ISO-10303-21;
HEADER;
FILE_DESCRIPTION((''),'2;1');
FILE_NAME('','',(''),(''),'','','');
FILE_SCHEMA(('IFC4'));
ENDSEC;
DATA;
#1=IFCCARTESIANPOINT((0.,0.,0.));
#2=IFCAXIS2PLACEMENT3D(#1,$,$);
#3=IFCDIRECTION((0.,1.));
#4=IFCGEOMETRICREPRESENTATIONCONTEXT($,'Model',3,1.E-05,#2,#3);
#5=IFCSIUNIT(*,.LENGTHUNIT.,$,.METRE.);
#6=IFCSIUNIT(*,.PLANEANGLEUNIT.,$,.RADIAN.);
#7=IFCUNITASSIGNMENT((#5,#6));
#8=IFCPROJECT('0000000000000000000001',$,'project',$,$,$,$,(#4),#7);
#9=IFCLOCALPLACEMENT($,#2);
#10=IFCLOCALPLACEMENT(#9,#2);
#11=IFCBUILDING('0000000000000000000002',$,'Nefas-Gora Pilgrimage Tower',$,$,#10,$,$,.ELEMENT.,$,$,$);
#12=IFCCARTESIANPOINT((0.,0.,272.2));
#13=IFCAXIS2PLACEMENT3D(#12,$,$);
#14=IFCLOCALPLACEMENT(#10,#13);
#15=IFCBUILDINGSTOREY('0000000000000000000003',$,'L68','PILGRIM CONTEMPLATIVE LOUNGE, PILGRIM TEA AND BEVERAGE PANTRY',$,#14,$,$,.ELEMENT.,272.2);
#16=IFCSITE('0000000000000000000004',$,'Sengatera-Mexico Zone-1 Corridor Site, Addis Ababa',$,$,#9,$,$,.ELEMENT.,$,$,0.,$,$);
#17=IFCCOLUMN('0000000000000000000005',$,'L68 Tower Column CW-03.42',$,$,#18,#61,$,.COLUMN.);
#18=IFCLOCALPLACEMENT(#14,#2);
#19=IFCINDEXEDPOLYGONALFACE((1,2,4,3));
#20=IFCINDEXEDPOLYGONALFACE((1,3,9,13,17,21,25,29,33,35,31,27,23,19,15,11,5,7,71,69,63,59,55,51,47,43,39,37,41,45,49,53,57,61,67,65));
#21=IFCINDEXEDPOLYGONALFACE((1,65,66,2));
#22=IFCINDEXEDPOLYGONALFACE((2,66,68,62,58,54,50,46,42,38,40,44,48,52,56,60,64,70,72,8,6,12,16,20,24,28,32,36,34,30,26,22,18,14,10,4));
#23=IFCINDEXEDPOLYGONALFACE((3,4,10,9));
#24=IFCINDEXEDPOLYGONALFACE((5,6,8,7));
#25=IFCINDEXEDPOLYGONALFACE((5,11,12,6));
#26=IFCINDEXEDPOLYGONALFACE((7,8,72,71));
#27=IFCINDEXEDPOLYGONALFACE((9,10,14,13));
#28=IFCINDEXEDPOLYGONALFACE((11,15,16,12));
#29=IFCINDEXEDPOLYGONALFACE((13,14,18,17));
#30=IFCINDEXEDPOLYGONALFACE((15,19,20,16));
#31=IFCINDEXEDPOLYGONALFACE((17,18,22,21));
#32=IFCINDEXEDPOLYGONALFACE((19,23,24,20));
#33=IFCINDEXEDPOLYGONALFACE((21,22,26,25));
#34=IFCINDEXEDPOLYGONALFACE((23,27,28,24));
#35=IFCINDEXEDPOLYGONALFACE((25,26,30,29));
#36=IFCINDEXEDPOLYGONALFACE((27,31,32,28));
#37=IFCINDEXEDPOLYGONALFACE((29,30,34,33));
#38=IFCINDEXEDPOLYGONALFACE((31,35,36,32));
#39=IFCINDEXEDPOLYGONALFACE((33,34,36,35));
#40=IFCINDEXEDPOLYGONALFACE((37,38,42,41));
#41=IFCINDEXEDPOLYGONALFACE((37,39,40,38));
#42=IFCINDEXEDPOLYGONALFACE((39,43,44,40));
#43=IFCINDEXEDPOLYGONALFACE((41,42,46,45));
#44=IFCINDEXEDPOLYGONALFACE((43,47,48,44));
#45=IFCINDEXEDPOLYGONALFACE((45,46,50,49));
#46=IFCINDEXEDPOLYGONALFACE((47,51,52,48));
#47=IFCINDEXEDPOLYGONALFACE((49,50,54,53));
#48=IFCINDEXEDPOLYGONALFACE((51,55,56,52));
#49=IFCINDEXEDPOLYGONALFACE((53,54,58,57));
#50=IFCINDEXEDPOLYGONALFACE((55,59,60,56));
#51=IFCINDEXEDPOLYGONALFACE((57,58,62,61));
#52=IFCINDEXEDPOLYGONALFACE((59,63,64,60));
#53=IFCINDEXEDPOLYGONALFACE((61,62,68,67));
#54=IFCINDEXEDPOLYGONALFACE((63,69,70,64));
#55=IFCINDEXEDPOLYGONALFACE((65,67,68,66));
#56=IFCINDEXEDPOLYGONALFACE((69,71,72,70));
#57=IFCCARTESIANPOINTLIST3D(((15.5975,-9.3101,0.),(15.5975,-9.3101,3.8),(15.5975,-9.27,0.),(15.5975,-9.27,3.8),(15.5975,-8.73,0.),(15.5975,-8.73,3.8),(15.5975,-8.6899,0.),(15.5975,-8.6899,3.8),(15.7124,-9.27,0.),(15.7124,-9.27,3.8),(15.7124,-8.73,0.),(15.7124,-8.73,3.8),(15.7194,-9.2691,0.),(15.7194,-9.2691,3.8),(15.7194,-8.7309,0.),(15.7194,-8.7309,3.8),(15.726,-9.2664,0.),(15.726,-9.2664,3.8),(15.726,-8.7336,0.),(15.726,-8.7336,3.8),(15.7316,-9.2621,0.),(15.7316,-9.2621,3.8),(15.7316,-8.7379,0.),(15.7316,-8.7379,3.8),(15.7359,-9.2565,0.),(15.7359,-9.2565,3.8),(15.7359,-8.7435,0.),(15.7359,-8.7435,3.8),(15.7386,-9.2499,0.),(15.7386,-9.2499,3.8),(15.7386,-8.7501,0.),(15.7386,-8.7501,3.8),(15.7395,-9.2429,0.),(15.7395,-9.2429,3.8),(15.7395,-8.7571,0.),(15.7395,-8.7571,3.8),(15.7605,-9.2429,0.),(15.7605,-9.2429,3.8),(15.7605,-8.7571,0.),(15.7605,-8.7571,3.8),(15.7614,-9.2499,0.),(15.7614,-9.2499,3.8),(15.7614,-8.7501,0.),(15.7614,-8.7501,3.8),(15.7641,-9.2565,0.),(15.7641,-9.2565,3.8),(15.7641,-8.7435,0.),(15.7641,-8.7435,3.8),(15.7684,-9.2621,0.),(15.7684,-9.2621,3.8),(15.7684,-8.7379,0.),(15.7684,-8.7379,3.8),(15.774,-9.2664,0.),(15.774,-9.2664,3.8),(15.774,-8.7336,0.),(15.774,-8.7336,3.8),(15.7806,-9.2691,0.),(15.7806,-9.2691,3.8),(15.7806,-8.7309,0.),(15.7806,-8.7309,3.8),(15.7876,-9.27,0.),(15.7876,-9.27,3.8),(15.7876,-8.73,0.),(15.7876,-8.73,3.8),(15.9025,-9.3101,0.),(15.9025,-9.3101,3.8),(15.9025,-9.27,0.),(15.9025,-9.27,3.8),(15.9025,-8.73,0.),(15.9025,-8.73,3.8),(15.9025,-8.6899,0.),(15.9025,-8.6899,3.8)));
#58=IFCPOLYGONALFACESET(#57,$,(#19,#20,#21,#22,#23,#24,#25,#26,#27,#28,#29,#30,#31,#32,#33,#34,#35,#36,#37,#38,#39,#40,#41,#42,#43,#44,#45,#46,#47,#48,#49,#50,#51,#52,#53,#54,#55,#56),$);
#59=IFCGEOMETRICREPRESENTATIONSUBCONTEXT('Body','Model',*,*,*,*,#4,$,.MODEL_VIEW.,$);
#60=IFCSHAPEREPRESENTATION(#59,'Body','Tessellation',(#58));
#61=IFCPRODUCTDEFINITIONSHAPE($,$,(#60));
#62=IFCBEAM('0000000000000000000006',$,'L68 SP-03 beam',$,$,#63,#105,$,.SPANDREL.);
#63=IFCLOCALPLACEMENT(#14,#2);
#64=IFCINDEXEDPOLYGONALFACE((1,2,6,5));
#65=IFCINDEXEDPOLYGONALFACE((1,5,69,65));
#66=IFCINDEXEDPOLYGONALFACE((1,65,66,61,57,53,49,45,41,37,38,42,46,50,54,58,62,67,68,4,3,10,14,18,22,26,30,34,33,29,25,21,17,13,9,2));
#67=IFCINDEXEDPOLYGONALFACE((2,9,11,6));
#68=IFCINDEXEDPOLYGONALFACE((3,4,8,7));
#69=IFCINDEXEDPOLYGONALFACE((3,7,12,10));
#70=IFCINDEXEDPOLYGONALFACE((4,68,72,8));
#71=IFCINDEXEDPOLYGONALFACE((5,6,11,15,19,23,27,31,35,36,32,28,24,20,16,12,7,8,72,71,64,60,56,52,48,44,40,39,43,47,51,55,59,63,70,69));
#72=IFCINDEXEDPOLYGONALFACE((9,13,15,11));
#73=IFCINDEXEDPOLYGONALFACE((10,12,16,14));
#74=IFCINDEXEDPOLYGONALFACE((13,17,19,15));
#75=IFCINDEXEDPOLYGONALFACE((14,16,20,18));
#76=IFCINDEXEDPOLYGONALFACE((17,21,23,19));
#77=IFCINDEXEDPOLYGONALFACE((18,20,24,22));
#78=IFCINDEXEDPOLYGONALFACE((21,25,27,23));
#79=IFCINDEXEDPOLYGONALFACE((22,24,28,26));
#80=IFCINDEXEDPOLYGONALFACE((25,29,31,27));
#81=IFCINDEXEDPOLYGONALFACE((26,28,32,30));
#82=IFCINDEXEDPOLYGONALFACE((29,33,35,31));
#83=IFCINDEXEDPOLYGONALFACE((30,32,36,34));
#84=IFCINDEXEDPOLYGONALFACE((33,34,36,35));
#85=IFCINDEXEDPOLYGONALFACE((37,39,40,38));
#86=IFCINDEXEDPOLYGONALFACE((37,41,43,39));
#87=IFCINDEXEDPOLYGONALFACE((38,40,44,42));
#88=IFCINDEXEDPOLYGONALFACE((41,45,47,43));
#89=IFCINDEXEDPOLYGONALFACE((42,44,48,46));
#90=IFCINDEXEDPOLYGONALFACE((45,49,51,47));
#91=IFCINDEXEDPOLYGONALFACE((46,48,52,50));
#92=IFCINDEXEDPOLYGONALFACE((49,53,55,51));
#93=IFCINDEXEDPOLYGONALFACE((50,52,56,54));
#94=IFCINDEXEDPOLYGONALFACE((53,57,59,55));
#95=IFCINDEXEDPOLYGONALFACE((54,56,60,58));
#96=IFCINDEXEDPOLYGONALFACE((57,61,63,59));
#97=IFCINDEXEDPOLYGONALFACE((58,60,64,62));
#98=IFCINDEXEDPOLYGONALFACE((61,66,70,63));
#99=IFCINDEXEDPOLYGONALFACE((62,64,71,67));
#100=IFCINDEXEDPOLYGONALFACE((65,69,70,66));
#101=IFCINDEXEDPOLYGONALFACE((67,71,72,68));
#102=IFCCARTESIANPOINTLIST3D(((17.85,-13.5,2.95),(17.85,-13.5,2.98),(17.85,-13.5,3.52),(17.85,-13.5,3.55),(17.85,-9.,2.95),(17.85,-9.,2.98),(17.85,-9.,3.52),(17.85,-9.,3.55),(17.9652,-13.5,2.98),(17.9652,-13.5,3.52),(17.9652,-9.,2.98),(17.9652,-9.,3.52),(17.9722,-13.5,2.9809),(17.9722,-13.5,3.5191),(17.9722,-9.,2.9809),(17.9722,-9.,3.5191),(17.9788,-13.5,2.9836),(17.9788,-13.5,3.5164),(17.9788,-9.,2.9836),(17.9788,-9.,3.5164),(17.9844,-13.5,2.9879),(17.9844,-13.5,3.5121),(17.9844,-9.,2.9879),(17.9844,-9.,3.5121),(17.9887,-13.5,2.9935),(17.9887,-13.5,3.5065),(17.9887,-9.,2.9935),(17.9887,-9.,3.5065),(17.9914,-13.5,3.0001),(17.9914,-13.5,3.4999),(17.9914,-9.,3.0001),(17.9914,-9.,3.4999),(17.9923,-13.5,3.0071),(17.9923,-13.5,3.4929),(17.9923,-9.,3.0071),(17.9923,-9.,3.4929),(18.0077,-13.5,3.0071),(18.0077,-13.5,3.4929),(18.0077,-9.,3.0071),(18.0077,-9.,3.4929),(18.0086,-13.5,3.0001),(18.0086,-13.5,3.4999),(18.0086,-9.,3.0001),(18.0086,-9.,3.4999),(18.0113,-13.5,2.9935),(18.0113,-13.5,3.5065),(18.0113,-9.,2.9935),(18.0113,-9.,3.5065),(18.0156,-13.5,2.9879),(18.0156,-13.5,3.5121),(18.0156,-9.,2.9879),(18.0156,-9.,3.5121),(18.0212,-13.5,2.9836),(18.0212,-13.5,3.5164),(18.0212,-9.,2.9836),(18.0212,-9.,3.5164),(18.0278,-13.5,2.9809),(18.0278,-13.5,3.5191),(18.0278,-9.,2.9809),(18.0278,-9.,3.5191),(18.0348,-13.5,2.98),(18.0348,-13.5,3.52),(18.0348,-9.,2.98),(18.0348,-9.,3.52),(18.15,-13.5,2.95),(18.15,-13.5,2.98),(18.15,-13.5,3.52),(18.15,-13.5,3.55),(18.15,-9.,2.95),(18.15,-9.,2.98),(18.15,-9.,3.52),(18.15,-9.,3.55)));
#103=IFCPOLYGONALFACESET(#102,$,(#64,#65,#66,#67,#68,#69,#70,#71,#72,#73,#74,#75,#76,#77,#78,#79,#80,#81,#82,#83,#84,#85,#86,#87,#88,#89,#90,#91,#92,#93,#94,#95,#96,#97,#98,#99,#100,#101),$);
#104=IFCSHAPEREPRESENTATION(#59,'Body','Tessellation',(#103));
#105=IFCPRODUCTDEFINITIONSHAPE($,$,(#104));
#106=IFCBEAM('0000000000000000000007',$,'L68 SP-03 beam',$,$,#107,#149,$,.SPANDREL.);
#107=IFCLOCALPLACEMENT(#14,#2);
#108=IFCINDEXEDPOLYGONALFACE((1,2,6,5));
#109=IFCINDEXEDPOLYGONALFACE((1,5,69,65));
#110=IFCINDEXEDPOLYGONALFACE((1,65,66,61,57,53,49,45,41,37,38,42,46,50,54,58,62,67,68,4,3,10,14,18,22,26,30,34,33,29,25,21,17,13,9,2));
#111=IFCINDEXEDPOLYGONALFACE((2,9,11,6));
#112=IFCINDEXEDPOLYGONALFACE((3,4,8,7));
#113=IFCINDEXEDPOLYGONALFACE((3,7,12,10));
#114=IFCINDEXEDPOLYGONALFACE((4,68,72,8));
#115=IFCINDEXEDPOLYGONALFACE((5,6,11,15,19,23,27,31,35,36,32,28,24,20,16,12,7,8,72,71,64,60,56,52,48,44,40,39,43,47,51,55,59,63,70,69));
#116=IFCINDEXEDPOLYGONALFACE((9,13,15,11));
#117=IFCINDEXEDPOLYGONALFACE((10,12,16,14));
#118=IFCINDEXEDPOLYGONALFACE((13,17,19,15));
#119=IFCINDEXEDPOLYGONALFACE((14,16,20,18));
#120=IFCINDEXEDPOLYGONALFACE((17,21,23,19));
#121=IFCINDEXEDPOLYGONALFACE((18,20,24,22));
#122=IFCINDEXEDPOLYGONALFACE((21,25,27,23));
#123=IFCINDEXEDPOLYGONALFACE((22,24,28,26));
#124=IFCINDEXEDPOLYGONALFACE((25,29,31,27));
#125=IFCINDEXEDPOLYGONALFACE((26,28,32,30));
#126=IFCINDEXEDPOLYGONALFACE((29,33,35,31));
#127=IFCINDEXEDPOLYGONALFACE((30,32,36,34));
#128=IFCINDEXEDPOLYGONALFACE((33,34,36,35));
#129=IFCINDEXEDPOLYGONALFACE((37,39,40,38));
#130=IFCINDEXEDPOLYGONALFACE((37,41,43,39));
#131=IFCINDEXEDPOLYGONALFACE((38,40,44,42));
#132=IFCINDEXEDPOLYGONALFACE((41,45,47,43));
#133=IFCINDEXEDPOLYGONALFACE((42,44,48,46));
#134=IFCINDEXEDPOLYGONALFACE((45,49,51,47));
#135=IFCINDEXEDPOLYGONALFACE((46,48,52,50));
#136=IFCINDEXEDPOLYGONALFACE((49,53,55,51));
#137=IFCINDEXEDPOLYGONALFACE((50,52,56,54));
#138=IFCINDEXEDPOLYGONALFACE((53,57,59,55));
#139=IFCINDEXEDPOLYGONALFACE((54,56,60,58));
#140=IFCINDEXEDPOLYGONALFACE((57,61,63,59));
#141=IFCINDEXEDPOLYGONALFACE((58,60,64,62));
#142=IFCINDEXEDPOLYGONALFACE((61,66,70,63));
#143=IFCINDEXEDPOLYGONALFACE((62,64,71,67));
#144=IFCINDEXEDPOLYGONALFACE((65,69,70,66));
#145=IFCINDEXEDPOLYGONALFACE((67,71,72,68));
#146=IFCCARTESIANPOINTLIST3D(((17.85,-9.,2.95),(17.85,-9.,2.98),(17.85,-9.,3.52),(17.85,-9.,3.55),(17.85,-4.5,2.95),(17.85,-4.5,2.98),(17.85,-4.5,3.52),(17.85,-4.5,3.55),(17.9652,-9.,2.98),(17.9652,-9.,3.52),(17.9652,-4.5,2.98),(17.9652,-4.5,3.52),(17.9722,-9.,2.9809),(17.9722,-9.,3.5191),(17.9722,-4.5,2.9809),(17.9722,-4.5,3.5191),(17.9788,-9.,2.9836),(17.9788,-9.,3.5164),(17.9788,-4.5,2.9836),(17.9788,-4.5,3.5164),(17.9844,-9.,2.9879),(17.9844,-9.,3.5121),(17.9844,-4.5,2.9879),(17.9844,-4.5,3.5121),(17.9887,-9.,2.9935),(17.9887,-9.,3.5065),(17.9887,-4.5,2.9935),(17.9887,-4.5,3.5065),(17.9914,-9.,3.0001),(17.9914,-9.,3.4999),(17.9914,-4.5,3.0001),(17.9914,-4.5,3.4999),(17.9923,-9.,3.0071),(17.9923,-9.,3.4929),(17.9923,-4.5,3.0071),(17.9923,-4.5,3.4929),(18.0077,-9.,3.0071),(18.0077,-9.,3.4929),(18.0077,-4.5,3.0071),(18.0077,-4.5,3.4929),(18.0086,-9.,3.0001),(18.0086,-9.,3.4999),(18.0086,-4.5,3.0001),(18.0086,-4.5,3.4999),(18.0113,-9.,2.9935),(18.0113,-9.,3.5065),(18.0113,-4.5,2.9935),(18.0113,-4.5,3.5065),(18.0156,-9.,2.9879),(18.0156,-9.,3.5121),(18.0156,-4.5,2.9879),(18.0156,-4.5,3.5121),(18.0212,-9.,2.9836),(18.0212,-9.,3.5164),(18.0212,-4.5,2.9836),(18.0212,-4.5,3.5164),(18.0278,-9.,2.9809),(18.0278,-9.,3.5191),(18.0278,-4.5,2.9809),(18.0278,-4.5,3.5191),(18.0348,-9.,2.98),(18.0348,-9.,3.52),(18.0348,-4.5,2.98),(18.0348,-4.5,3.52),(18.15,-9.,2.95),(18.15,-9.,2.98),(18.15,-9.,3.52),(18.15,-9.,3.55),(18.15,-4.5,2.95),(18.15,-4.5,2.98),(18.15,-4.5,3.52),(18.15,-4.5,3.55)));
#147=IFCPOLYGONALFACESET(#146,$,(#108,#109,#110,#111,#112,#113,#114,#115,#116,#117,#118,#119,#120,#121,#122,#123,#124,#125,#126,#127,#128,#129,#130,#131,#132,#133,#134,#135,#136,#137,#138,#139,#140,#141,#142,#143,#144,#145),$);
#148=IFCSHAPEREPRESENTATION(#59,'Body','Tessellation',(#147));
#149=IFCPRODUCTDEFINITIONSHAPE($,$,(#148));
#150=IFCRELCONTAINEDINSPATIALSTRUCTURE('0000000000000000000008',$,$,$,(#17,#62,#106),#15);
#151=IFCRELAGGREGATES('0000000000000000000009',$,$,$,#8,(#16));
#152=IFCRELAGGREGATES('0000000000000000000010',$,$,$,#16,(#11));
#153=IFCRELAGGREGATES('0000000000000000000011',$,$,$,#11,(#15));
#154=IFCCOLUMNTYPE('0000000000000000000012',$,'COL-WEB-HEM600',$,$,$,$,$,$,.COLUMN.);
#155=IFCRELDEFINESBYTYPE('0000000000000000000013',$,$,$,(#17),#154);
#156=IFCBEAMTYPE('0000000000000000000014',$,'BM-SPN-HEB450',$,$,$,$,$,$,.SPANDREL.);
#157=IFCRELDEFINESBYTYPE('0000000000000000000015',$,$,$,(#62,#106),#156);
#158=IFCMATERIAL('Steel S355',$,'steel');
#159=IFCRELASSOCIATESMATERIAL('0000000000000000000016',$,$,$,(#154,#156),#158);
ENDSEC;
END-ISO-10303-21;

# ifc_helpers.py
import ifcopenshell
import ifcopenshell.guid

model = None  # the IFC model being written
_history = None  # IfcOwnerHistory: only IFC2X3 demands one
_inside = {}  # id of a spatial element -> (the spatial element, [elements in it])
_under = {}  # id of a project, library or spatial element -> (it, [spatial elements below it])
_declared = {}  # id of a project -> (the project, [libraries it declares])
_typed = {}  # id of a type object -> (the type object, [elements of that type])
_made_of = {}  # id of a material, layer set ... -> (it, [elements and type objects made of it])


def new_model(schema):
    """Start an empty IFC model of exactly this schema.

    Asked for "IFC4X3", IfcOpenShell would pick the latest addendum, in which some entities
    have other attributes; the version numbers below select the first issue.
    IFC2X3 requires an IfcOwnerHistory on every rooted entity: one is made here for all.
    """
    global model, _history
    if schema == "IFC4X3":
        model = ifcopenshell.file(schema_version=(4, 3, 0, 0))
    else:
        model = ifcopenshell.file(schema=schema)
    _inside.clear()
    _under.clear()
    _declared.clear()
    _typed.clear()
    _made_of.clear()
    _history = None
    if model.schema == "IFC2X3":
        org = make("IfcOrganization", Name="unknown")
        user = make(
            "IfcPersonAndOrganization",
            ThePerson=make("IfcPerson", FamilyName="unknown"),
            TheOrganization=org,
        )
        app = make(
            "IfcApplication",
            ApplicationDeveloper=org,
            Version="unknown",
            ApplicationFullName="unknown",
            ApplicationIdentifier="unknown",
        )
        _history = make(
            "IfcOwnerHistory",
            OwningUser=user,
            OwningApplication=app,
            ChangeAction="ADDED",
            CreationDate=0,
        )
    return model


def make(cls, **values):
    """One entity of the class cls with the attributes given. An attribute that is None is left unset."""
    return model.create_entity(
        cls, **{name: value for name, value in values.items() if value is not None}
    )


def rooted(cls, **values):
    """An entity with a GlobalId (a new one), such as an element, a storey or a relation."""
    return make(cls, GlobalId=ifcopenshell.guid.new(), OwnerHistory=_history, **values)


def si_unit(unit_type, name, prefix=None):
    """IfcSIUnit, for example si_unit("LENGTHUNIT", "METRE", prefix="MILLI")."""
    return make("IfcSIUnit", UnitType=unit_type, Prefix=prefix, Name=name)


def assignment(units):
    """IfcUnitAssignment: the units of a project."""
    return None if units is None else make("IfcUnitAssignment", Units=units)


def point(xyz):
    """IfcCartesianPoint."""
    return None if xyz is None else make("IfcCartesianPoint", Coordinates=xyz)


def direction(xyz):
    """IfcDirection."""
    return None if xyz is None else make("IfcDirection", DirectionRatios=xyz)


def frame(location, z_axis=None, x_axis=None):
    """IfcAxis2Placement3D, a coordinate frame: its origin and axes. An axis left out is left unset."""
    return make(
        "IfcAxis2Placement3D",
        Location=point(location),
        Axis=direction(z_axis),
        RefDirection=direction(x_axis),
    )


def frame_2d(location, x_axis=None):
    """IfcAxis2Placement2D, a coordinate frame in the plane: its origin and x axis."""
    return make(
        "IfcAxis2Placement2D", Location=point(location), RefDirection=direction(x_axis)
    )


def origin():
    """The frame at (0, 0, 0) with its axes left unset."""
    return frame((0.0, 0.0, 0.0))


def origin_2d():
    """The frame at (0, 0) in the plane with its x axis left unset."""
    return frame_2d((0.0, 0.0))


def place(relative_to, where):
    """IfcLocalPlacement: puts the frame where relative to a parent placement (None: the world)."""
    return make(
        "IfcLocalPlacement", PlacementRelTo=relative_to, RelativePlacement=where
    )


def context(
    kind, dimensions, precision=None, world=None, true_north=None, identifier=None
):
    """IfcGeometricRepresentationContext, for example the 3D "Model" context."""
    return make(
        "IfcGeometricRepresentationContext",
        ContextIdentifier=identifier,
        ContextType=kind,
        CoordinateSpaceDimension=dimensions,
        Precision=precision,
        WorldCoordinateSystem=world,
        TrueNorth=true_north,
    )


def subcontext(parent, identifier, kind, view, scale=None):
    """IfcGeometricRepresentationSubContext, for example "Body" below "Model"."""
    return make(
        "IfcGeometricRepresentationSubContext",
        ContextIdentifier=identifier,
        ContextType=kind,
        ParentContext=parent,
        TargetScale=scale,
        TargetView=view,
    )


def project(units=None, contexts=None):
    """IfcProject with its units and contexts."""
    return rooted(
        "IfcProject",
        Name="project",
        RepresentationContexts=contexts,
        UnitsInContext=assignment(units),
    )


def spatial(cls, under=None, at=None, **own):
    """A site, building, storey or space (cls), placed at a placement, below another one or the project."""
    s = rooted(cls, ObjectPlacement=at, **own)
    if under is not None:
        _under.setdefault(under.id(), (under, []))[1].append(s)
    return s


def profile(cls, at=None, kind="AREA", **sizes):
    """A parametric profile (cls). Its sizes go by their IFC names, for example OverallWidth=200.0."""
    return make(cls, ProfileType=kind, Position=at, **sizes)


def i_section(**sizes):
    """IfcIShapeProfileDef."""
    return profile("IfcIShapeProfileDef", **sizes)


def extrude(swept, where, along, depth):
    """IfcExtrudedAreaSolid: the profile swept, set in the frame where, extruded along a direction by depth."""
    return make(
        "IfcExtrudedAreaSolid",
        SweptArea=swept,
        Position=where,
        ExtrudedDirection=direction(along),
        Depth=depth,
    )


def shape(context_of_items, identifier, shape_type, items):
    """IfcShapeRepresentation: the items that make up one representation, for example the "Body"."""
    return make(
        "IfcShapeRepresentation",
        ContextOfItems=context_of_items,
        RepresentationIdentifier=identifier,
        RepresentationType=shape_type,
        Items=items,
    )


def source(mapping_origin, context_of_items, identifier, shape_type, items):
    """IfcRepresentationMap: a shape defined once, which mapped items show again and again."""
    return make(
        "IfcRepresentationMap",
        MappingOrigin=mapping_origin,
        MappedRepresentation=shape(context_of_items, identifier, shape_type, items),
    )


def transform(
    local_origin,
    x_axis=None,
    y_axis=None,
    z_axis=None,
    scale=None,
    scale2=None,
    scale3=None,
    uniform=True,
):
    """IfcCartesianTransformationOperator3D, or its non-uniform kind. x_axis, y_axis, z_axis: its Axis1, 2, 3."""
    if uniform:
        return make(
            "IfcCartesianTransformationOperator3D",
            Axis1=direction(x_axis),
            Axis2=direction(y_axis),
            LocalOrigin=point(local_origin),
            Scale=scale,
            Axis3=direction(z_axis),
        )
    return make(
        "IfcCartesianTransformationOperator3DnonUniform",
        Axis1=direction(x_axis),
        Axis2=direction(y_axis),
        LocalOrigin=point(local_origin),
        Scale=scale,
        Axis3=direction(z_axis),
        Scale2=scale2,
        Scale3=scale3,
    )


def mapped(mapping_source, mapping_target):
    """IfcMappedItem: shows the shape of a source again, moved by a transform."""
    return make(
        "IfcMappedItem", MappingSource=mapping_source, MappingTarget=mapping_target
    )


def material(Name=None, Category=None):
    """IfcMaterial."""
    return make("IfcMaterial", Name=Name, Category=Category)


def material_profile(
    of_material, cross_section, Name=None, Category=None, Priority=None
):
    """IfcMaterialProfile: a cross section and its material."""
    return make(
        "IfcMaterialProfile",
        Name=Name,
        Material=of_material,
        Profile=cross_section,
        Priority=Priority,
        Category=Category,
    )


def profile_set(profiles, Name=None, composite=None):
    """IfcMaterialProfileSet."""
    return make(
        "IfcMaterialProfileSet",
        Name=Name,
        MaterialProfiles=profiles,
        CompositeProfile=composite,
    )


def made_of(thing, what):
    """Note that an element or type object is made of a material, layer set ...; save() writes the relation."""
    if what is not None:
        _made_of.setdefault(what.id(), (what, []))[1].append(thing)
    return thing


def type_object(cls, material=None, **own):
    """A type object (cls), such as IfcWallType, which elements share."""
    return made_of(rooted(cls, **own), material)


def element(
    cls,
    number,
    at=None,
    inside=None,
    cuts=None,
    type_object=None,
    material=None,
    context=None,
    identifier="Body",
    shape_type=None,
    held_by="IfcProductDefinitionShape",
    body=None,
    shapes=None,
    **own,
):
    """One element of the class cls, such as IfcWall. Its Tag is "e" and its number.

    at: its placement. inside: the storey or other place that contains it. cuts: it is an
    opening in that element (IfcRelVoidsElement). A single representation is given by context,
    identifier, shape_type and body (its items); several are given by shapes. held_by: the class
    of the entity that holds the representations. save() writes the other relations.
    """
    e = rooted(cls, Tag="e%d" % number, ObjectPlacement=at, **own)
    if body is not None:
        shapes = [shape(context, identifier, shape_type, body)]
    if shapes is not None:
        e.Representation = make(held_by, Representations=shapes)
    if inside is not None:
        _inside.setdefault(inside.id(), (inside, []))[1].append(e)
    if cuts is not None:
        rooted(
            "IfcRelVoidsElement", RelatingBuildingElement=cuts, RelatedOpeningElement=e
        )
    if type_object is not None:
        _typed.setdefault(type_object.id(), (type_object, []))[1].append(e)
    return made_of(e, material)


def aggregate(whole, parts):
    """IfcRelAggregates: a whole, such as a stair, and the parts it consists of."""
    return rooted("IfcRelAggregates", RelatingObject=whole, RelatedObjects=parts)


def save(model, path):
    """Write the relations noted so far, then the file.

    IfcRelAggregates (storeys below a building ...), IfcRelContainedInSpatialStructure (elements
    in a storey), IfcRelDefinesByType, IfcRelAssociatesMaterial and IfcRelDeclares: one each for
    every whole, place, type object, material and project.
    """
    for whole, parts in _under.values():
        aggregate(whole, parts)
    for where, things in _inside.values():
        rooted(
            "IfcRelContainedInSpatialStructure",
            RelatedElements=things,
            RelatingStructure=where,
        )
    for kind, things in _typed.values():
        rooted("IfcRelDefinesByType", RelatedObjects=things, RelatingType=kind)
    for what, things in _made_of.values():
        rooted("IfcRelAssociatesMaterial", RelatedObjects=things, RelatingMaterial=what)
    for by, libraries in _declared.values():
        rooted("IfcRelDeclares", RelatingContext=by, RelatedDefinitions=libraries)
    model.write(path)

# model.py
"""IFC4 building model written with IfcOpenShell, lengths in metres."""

from ifc_helpers import new_model, si_unit, direction, frame, origin, origin_2d, place, context, subcontext, project, spatial, i_section, extrude, source, transform, mapped, material, material_profile, profile_set, type_object, element, save


model = new_model("IFC4")

# Units and contexts
model_context = context("Model", 3, precision=1e-05, world=origin(), true_north=direction((0.0, 1.0)))
body_context = subcontext(model_context, "Body", "Model", "MODEL_VIEW")
ifc_project = project(units=[si_unit("LENGTHUNIT", "METRE"), si_unit("PLANEANGLEUNIT", "RADIAN")], contexts=[model_context])

# Site, building, storey
site_placement = place(None, origin())
site = spatial("IfcSite", under=ifc_project, at=site_placement, Name="Sengatera-Mexico Zone-1 Corridor Site, Addis Ababa", CompositionType="ELEMENT", RefElevation=0.0)
building_placement = place(site_placement, origin())
building = spatial("IfcBuilding", under=site, at=building_placement, Name="Nefas-Gora Pilgrimage Tower", CompositionType="ELEMENT")
storey_placement = place(building_placement, frame((0.0, 0.0, 272.2)))
storey = spatial("IfcBuildingStorey", under=building, at=storey_placement, Name="L68", Description="PILGRIM CONTEMPLATIVE LOUNGE, PILGRIM TEA AND BEVERAGE PANTRY", CompositionType="ELEMENT", Elevation=272.2)

# Column
ifc_material_1 = material(Name="Steel S355", Category="steel")
ifc_material_profile_1 = material_profile(ifc_material_1, i_section(OverallWidth=0.3049, OverallDepth=0.6201, WebThickness=0.021, FlangeThickness=0.04, FilletRadius=0.0271, at=origin_2d()), Name="HEM 600")
ifc_profile_set_1 = profile_set([ifc_material_profile_1], Name="Steel S355")
column_type_1 = type_object("IfcColumnType", Name="COL-WEB-HEM600", PredefinedType="COLUMN", material=ifc_profile_set_1)
shared_shape_1 = source(origin(), body_context, "Body", "SweptSolid", [
    extrude(i_section(OverallWidth=0.3049, OverallDepth=0.6201, WebThickness=0.021, FlangeThickness=0.04, FilletRadius=0.0271, at=origin_2d()), origin(), (0.0, 0.0, 1.0), 3.8),
])
for number, where, z_axis, x_axis, name in (
    (1, (15.75, -9.0, 0.0), (0.0, 0.0, 1.0), (1.0, 0.0, 0.0), "L68 Tower Column CW-03.42"),
):
    element("IfcColumn", number, at=place(storey_placement, frame(where, z_axis=z_axis, x_axis=x_axis)), inside=storey, type_object=column_type_1, Name=name, PredefinedType="COLUMN", context=body_context, shape_type="MappedRepresentation", body=[
        mapped(shared_shape_1, transform((0.0, 0.0, 0.0), x_axis=(1.0, 0.0, 0.0), y_axis=(0.0, 1.0, 0.0), z_axis=(0.0, 0.0, 1.0), scale=1.0)),
    ])

# Beams
ifc_material_profile_2 = material_profile(ifc_material_1, i_section(OverallWidth=0.3, OverallDepth=0.6001, WebThickness=0.0154, FlangeThickness=0.03, FilletRadius=0.0271, at=origin_2d()), Name="HEB 600")
ifc_profile_set_2 = profile_set([ifc_material_profile_2], Name="Steel S355")
beam_type_1 = type_object("IfcBeamType", Name="BM-SPN-HEB450", PredefinedType="SPANDREL", material=ifc_profile_set_2)
shared_shape_2 = source(origin(), body_context, "Body", "SweptSolid", [
    extrude(i_section(OverallWidth=0.3, OverallDepth=0.6001, WebThickness=0.0154, FlangeThickness=0.03, FilletRadius=0.0271, at=origin_2d()), origin(), (0.0, 0.0, 1.0), 4.5),
])
for number, where, z_axis, x_axis, name in (
    (2, (18.0, -13.5, 3.25), (0.0, 1.0, 0.0), (-1.0, 0.0, 0.0), "L68 SP-03 beam"),
    (3, (18.0, -9.0, 3.25), (0.0, 1.0, 0.0), (-1.0, 0.0, 0.0), "L68 SP-03 beam"),
):
    element("IfcBeam", number, at=place(storey_placement, frame(where, z_axis=z_axis, x_axis=x_axis)), inside=storey, type_object=beam_type_1, Name=name, PredefinedType="SPANDREL", context=body_context, shape_type="MappedRepresentation", body=[
        mapped(shared_shape_2, transform((0.0, 0.0, 0.0), x_axis=(1.0, 0.0, 0.0), y_axis=(0.0, 1.0, 0.0), z_axis=(0.0, 0.0, 1.0), scale=1.0)),
    ])

save(model, "model.ifc")
